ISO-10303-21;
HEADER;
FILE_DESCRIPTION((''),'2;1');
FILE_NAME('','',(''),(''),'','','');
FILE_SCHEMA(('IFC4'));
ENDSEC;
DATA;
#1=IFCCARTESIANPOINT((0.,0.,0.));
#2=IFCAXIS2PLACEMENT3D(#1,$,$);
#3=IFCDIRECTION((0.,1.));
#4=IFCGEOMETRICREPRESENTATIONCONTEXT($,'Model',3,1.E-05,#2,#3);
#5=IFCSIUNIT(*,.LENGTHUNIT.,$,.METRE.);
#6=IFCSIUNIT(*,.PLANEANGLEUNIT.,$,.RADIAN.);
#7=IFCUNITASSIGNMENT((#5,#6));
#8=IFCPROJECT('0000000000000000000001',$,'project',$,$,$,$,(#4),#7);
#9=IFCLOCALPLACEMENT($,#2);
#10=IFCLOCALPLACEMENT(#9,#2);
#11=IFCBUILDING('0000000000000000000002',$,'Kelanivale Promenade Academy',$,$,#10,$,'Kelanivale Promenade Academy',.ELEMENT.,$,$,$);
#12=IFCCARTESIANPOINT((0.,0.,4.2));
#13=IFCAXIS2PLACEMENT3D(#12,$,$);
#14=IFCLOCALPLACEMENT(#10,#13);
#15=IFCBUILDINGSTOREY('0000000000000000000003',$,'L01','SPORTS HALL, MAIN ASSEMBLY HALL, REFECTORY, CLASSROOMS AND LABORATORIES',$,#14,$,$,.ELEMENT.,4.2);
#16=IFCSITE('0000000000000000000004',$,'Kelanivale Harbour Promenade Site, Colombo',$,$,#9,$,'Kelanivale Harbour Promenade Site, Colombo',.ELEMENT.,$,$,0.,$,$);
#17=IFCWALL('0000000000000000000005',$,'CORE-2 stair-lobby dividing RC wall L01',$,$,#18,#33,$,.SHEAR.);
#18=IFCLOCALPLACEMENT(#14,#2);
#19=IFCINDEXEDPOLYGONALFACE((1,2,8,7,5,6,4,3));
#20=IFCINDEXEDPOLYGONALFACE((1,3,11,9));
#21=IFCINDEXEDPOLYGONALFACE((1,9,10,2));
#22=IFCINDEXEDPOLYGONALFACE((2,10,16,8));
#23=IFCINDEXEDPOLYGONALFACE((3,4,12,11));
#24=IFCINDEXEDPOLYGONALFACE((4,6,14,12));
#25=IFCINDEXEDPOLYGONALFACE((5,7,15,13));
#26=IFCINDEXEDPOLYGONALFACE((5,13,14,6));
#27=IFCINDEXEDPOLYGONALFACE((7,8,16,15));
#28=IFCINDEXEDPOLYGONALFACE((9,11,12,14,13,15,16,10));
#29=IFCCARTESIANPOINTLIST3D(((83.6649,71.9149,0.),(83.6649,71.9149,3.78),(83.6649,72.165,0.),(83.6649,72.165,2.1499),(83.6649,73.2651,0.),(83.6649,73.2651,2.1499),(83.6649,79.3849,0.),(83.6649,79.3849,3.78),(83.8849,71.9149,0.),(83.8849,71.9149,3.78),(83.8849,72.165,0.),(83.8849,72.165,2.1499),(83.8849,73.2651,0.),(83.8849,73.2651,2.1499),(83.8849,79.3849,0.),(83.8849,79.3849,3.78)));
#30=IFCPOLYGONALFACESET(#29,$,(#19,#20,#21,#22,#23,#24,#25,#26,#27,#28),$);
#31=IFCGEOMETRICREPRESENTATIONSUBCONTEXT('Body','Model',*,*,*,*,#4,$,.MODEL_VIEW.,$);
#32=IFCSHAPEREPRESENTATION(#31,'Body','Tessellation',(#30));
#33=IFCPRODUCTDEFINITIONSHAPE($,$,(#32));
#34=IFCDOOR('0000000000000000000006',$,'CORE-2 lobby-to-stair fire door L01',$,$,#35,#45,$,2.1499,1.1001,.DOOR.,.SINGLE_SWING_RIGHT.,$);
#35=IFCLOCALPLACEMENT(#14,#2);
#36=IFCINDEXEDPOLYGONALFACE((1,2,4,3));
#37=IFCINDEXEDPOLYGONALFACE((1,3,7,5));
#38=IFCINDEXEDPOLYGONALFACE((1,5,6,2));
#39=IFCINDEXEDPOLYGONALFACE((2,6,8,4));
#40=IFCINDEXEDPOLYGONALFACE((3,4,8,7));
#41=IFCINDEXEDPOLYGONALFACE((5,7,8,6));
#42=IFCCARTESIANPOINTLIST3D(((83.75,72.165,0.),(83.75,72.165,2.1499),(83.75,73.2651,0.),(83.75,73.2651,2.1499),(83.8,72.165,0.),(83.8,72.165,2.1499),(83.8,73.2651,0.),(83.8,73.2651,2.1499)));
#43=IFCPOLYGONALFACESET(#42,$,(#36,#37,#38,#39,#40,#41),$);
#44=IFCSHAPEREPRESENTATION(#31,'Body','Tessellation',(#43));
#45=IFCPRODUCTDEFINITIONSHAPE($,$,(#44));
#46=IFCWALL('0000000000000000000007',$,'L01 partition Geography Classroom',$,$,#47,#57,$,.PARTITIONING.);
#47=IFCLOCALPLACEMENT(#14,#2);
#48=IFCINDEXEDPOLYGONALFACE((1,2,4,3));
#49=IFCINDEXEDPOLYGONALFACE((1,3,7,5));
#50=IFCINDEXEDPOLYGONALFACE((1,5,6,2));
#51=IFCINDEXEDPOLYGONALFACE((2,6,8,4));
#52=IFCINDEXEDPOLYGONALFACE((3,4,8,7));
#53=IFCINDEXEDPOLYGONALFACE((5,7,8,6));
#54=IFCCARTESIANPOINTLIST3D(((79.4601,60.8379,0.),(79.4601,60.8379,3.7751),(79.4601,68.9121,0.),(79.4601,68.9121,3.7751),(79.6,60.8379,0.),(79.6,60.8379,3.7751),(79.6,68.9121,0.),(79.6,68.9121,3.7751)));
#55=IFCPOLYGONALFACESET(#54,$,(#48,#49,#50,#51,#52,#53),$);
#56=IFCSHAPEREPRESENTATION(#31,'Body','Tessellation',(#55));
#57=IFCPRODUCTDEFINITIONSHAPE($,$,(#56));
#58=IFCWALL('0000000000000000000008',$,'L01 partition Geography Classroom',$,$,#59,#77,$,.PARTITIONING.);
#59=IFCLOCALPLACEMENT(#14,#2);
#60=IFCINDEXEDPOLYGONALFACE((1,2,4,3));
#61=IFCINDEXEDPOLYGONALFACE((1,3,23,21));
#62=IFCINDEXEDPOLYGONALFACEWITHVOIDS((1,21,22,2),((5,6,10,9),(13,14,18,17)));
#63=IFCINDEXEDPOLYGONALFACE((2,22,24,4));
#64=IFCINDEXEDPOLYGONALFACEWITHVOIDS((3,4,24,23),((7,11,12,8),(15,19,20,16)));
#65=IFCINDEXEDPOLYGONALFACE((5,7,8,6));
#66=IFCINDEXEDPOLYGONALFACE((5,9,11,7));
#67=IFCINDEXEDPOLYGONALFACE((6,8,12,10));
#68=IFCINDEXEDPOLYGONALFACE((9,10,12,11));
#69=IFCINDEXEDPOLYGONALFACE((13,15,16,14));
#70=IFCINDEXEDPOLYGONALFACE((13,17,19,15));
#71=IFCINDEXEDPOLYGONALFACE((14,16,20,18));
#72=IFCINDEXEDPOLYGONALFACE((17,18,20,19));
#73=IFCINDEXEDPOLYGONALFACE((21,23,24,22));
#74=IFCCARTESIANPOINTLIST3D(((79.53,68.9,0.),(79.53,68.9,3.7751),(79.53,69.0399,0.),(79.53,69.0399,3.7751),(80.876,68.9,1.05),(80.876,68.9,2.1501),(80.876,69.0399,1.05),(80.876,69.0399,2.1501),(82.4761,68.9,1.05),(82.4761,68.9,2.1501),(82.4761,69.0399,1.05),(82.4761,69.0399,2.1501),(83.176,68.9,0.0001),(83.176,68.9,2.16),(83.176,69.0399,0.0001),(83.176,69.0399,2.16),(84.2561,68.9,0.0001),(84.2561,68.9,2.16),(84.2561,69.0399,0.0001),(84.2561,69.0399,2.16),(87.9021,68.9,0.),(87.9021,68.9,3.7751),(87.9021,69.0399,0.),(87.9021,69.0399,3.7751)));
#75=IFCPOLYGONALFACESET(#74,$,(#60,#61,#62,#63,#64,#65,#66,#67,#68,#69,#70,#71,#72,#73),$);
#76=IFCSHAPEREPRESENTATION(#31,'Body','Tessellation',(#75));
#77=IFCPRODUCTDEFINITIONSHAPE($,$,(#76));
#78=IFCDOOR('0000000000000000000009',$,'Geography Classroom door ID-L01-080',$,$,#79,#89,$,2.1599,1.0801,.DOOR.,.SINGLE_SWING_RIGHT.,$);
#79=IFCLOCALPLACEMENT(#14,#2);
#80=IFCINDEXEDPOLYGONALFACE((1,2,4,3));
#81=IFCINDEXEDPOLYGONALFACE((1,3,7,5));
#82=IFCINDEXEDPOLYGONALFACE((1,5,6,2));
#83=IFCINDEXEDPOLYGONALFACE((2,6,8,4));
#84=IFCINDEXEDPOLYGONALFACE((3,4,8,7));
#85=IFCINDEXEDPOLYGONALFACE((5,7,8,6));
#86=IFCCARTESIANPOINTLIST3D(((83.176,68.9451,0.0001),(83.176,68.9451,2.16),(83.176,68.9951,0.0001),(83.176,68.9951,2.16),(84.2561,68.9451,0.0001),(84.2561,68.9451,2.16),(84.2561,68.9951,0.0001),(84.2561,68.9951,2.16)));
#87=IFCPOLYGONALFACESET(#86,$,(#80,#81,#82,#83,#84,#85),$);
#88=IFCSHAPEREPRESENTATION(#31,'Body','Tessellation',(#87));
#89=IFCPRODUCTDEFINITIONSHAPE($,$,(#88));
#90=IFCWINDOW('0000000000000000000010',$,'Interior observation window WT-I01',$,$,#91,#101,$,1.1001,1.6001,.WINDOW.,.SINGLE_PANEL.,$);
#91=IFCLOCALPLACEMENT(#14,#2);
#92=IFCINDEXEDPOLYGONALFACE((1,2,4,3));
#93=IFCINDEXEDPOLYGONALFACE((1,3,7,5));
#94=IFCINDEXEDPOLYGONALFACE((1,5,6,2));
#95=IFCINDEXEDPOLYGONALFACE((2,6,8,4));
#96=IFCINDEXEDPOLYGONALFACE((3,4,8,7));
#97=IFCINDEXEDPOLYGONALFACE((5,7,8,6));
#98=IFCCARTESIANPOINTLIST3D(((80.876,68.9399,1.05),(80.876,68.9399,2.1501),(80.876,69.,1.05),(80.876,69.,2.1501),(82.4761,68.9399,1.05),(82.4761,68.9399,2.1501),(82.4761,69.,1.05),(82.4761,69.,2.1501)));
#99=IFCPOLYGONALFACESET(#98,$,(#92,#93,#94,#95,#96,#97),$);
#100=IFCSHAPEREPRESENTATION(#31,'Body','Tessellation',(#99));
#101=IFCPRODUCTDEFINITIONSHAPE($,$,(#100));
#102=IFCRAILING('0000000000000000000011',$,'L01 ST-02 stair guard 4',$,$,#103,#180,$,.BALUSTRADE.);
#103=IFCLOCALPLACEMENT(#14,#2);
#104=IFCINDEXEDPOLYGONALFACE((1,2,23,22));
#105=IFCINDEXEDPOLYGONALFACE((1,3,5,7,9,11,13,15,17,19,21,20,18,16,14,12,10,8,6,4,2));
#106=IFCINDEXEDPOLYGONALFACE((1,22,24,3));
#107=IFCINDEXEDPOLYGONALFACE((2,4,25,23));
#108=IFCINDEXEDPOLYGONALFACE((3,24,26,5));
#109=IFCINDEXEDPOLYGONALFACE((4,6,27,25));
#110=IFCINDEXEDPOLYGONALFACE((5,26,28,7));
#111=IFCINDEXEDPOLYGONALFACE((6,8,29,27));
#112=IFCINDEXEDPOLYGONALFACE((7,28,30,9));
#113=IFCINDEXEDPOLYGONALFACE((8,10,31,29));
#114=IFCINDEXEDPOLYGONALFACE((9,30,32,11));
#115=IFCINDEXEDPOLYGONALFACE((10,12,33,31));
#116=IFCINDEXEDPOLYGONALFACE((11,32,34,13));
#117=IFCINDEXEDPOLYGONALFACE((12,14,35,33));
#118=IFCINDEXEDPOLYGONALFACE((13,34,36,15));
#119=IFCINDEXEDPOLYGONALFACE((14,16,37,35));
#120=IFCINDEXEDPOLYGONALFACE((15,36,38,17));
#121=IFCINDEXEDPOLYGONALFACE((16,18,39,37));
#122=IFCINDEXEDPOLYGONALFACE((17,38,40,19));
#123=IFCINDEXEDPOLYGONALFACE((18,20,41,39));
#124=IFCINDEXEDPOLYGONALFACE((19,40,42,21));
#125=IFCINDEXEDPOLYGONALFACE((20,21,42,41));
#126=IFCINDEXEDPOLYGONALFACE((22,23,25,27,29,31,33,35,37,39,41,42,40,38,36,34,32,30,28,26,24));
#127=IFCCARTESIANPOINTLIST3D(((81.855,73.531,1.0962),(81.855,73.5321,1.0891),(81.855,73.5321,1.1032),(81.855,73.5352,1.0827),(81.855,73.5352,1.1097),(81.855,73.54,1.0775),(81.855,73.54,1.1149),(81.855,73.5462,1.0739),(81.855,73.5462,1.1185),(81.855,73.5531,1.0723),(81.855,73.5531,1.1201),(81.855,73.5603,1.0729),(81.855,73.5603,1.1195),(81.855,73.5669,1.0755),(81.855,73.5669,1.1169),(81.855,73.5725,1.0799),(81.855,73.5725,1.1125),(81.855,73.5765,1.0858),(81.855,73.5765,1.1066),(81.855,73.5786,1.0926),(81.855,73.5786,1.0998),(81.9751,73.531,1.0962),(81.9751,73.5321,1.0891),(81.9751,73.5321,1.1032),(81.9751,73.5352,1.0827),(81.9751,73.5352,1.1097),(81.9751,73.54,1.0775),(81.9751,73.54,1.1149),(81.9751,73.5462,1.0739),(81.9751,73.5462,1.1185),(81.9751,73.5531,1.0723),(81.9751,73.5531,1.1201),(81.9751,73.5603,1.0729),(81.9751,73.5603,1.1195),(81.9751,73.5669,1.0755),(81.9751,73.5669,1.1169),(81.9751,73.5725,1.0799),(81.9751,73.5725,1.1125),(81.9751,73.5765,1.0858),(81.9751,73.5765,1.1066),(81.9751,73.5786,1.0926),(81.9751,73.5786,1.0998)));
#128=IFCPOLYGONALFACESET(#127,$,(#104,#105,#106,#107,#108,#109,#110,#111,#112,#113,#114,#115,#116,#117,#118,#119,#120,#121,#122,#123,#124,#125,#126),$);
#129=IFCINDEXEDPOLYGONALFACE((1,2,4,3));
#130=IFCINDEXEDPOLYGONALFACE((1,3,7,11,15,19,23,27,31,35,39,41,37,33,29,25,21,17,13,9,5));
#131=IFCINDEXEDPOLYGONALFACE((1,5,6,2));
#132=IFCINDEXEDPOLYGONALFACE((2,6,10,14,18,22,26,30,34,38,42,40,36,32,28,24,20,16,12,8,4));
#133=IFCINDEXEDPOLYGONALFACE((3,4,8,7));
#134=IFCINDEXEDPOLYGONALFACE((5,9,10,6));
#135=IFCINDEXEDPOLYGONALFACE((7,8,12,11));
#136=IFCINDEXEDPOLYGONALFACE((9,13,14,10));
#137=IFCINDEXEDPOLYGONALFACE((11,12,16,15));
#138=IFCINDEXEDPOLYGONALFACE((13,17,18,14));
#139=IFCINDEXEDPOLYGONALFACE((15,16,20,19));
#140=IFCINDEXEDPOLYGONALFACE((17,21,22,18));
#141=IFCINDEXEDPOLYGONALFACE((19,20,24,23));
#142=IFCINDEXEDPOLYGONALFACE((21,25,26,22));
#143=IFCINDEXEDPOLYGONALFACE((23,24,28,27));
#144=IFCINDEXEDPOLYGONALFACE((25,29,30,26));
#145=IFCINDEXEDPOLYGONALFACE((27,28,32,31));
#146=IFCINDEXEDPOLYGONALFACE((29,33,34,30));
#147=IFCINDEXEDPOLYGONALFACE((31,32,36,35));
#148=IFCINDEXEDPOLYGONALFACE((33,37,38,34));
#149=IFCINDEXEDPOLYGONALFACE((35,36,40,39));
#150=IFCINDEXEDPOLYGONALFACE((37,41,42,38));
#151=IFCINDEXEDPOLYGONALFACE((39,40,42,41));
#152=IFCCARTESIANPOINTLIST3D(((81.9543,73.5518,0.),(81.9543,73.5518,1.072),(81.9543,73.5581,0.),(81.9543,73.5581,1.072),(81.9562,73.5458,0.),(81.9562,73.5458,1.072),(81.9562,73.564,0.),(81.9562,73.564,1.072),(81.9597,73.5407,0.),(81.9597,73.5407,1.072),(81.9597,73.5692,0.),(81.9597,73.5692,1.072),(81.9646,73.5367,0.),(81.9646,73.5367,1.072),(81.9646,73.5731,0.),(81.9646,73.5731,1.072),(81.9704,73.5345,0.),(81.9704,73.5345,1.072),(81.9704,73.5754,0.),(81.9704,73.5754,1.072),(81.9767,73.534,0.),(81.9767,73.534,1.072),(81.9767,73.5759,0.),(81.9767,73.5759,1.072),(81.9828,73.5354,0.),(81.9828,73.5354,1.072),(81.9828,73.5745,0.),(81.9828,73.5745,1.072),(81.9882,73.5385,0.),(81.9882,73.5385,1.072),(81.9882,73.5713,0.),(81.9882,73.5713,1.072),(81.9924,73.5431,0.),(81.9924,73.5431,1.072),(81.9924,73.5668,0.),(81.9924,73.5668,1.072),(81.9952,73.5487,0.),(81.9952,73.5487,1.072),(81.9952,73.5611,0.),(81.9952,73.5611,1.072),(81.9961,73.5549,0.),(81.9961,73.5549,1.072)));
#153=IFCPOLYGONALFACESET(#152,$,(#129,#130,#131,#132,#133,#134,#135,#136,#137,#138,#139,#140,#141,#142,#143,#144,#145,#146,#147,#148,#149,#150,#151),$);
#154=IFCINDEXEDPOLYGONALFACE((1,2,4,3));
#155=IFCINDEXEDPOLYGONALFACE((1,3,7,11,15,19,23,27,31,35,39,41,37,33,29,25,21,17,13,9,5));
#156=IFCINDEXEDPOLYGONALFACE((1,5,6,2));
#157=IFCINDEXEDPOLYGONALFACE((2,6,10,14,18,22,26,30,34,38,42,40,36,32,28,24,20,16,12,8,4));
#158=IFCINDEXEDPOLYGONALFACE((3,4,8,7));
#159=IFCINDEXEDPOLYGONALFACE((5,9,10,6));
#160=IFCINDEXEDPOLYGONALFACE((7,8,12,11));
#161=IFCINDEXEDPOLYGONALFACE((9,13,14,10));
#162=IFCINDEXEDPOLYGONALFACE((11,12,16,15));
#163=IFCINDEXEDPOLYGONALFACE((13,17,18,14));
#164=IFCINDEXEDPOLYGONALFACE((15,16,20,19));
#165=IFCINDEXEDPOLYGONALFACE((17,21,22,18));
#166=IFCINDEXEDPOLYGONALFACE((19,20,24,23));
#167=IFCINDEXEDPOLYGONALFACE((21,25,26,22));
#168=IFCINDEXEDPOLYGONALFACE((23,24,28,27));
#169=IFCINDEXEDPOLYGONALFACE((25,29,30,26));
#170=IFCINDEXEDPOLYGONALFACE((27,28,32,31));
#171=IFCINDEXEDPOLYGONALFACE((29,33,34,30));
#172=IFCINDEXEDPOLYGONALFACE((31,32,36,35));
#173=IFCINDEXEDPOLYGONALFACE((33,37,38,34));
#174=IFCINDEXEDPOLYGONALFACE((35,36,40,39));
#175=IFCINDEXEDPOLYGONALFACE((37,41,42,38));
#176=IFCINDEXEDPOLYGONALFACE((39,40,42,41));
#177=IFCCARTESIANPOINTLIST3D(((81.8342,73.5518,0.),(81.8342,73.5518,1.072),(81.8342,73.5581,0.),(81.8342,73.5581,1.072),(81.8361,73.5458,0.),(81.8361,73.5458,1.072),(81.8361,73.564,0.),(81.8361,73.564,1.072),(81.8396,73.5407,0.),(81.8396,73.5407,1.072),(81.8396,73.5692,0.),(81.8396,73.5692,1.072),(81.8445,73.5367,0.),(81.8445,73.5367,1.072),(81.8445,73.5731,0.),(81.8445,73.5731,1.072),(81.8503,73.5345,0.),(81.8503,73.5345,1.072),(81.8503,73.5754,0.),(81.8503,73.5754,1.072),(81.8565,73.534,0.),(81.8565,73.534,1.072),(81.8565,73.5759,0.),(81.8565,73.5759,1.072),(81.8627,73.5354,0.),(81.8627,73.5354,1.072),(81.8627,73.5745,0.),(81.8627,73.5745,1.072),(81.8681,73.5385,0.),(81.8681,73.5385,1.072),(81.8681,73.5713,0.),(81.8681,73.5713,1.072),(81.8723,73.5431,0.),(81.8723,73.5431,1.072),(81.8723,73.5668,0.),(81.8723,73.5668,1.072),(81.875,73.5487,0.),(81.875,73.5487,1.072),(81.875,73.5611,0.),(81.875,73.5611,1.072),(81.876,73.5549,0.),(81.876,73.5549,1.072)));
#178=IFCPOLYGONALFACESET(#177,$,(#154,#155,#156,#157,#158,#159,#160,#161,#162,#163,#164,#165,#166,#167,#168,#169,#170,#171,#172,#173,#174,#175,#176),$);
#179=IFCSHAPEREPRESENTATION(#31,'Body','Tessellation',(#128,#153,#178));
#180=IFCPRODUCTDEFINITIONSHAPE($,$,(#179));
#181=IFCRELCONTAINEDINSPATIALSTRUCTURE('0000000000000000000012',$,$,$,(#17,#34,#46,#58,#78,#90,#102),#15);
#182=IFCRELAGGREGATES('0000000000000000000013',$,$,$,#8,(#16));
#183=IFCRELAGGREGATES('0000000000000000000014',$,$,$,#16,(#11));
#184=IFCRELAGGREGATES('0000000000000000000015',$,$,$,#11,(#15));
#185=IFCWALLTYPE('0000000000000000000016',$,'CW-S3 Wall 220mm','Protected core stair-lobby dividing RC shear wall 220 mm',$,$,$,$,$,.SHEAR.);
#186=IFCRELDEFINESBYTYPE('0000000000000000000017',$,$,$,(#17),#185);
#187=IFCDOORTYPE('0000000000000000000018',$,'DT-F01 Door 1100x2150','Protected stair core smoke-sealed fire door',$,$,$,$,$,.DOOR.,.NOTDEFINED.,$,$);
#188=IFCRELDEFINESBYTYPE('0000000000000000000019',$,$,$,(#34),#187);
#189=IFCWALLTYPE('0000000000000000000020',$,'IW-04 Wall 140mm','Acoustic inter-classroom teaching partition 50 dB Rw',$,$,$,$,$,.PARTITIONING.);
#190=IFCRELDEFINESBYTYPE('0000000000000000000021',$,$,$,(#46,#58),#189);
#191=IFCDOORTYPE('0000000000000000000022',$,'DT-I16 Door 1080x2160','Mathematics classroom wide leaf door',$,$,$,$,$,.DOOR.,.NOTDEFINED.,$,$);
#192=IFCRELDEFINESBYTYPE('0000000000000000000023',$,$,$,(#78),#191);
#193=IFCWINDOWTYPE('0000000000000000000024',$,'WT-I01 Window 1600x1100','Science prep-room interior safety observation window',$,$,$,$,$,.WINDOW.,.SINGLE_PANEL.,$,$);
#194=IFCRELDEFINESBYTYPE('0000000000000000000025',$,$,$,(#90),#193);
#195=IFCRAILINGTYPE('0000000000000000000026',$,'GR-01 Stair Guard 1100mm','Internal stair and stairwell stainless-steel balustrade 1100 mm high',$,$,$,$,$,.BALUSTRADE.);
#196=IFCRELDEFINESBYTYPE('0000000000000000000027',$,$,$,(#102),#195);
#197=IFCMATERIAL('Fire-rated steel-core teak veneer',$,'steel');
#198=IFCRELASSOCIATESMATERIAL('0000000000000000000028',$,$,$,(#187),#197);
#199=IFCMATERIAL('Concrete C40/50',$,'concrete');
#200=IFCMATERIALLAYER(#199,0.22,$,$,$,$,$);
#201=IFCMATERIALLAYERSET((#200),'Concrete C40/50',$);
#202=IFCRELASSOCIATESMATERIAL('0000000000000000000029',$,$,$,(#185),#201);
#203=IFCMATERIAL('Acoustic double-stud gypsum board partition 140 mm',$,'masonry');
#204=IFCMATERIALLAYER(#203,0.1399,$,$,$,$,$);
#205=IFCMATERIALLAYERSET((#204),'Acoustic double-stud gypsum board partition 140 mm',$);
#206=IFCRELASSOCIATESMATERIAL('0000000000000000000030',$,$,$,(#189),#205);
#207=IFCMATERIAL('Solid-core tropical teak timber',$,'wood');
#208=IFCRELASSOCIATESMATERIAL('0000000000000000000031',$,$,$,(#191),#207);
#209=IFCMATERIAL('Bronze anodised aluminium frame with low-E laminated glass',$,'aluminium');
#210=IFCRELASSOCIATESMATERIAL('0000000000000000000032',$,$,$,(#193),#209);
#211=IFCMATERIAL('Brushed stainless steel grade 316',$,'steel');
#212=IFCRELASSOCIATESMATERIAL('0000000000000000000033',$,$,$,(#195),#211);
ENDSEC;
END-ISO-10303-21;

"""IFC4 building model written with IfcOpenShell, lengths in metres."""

from ifc_helpers import new_model, si_unit, direction, frame, frame_2d, origin, origin_2d, place, context, subcontext, project, spatial, rectangle, circle, extrude, material, layer, layer_set, type_object, element, fill, save


model = new_model("IFC4")

# Units and contexts
model_context = context("Model", 3, precision=1e-05, world=origin(), true_north=direction((0.0, 1.0)))
body_context = subcontext(model_context, "Body", "Model", "MODEL_VIEW")
ifc_project = project(units=[si_unit("LENGTHUNIT", "METRE"), si_unit("PLANEANGLEUNIT", "RADIAN")], contexts=[model_context])

# Site, building, storey
site_placement = place(None, origin())
site = spatial("IfcSite", under=ifc_project, at=site_placement, Name="Kelanivale Harbour Promenade Site, Colombo", LongName="Kelanivale Harbour Promenade Site, Colombo", CompositionType="ELEMENT", RefElevation=0.0)
building_placement = place(site_placement, origin())
building = spatial("IfcBuilding", under=site, at=building_placement, Name="Kelanivale Promenade Academy", LongName="Kelanivale Promenade Academy", CompositionType="ELEMENT")
storey_placement = place(building_placement, frame((0.0, 0.0, 4.2)))
storey = spatial("IfcBuildingStorey", under=building, at=storey_placement, Name="L01", Description="SPORTS HALL, MAIN ASSEMBLY HALL, REFECTORY, CLASSROOMS AND LABORATORIES", CompositionType="ELEMENT", Elevation=4.2)

# Shared definitions
ifc_material_1 = material(Name="Concrete C40/50", Category="concrete")

# Shared definitions
ifc_material_2 = material(Name="Fire-rated steel-core teak veneer", Category="steel")
door_type_1 = type_object("IfcDoorType", Name="DT-F01 Door 1100x2150", Description="Protected stair core smoke-sealed fire door", OperationType="NOTDEFINED", PredefinedType="DOOR", material=ifc_material_2)

# Wall, opening, door
ifc_layer_1 = layer(ifc_material_1, 0.22)
ifc_layer_set_1 = layer_set([ifc_layer_1], Name="Concrete C40/50")
wall_type_1 = type_object("IfcWallType", Name="CW-S3 Wall 220mm", Description="Protected core stair-lobby dividing RC shear wall 220 mm", PredefinedType="SHEAR", material=ifc_layer_set_1)
wall_1_placement = place(storey_placement, frame((83.7749, 71.915, 0.0), z_axis=(0.0, 0.0, 1.0), x_axis=(0.0, 1.0, 0.0)))
wall_1 = element("IfcWall", 1, at=wall_1_placement, inside=storey, type_object=wall_type_1, Name="CORE-2 stair-lobby dividing RC wall L01", PredefinedType="SHEAR", context=body_context, shape_type="SweptSolid", body=[
    extrude(rectangle(XDim=7.47, YDim=0.22, at=frame_2d((3.7349, 0.0))), origin(), (0.0, 0.0, 1.0), 3.78),
])
opening_1_placement = place(wall_1_placement, frame((0.25, 0.0, 0.0)))
opening_1 = element("IfcOpeningElement", 2, at=opening_1_placement, cuts=wall_1, PredefinedType="OPENING", context=body_context, shape_type="SweptSolid", body=[
    extrude(rectangle(XDim=1.1001, YDim=2.1499, at=frame_2d((0.55, 1.075))), frame((0.0, 0.1201, 0.0), z_axis=(0.0, -1.0, 0.0), x_axis=(1.0, 0.0, 0.0)), (0.0, 0.0, 1.0), 0.24),
])
door_1_placement = place(opening_1_placement, origin())
door_1 = element("IfcDoor", 3, at=door_1_placement, inside=storey, type_object=door_type_1, Name="CORE-2 lobby-to-stair fire door L01", OperationType="SINGLE_SWING_RIGHT", OverallHeight=2.1499, OverallWidth=1.1001, PredefinedType="DOOR", context=body_context, shape_type="SweptSolid", body=[
    extrude(rectangle(XDim=1.1001, YDim=2.1499, at=frame_2d((0.55, 1.075))), frame((0.0, 0.0249, 0.0), z_axis=(0.0, -1.0, 0.0), x_axis=(1.0, 0.0, 0.0)), (0.0, 0.0, 1.0), 0.05),
])
fill(opening_1, door_1)

# Wall
ifc_material_3 = material(Name="Acoustic double-stud gypsum board partition 140 mm", Category="masonry")
ifc_layer_2 = layer(ifc_material_3, 0.1399)
ifc_layer_set_2 = layer_set([ifc_layer_2], Name="Acoustic double-stud gypsum board partition 140 mm")
wall_type_2 = type_object("IfcWallType", Name="IW-04 Wall 140mm", Description="Acoustic inter-classroom teaching partition 50 dB Rw", PredefinedType="PARTITIONING", material=ifc_layer_set_2)
wall_2_placement = place(storey_placement, frame((79.53, 68.9121, 0.0), z_axis=(0.0, 0.0, 1.0), x_axis=(0.0, -1.0, 0.0)))
element("IfcWall", 4, at=wall_2_placement, inside=storey, type_object=wall_type_2, Name="L01 partition Geography Classroom", PredefinedType="PARTITIONING", context=body_context, shape_type="SweptSolid", body=[
    extrude(rectangle(XDim=8.0742, YDim=0.1399, at=frame_2d((4.0371, 0.0))), origin(), (0.0, 0.0, 1.0), 3.7751),
])

# Wall, openings, door, window
wall_3_placement = place(storey_placement, frame((87.9021, 68.97, 0.0), z_axis=(0.0, 0.0, 1.0), x_axis=(-1.0, 0.0, 0.0)))
wall_3 = element("IfcWall", 5, at=wall_3_placement, inside=storey, type_object=wall_type_2, Name="L01 partition Geography Classroom", PredefinedType="PARTITIONING", context=body_context, shape_type="SweptSolid", body=[
    extrude(rectangle(XDim=8.3721, YDim=0.1399, at=frame_2d((4.186, 0.0))), origin(), (0.0, 0.0, 1.0), 3.7751),
])
opening_2_placement = place(wall_3_placement, frame((3.646, 0.0, 0.0)))
opening_2 = element("IfcOpeningElement", 6, at=opening_2_placement, cuts=wall_3, PredefinedType="OPENING", context=body_context, shape_type="SweptSolid", body=[
    extrude(rectangle(XDim=1.0801, YDim=2.1599, at=frame_2d((0.54, 1.0801))), frame((0.0, 0.0801, 0.0), z_axis=(0.0, -1.0, 0.0), x_axis=(1.0, 0.0, 0.0)), (0.0, 0.0, 1.0), 0.1599),
])
opening_3_placement = place(wall_3_placement, frame((5.426, 0.0, 1.05)))
opening_3 = element("IfcOpeningElement", 7, at=opening_3_placement, cuts=wall_3, PredefinedType="OPENING", context=body_context, shape_type="SweptSolid", body=[
    extrude(rectangle(XDim=1.6001, YDim=1.1001, at=frame_2d((0.8, 0.55))), frame((0.0, 0.0801, 0.0), z_axis=(0.0, -1.0, 0.0), x_axis=(1.0, 0.0, 0.0)), (0.0, 0.0, 1.0), 0.1599),
])
ifc_material_4 = material(Name="Solid-core tropical teak timber", Category="wood")
door_type_2 = type_object("IfcDoorType", Name="DT-I16 Door 1080x2160", Description="Mathematics classroom wide leaf door", OperationType="NOTDEFINED", PredefinedType="DOOR", material=ifc_material_4)
door_2_placement = place(opening_2_placement, origin())
door_2 = element("IfcDoor", 8, at=door_2_placement, inside=storey, type_object=door_type_2, Name="Geography Classroom door ID-L01-080", OperationType="SINGLE_SWING_RIGHT", OverallHeight=2.1599, OverallWidth=1.0801, PredefinedType="DOOR", context=body_context, shape_type="SweptSolid", body=[
    extrude(rectangle(XDim=1.0801, YDim=2.1599, at=frame_2d((0.54, 1.0801))), frame((0.0, 0.0249, 0.0), z_axis=(0.0, -1.0, 0.0), x_axis=(1.0, 0.0, 0.0)), (0.0, 0.0, 1.0), 0.05),
])
fill(opening_2, door_2)
ifc_material_5 = material(Name="Bronze anodised aluminium frame with low-E laminated glass", Category="aluminium")
window_type = type_object("IfcWindowType", Name="WT-I01 Window 1600x1100", Description="Science prep-room interior safety observation window", PartitioningType="SINGLE_PANEL", PredefinedType="WINDOW", material=ifc_material_5)
window_placement = place(opening_3_placement, origin())
window = element("IfcWindow", 9, at=window_placement, inside=storey, type_object=window_type, Name="Interior observation window WT-I01", OverallHeight=1.1001, OverallWidth=1.6001, PartitioningType="SINGLE_PANEL", PredefinedType="WINDOW", context=body_context, shape_type="SweptSolid", body=[
    extrude(rectangle(XDim=1.6001, YDim=1.1001, at=frame_2d((0.8, 0.55))), frame((0.0, 0.03, 0.0), z_axis=(0.0, -1.0, 0.0), x_axis=(1.0, 0.0, 0.0)), (0.0, 0.0, 1.0), 0.0601),
])
fill(opening_3, window)

# Railing
ifc_material_6 = material(Name="Brushed stainless steel grade 316", Category="steel")
railing_type = type_object("IfcRailingType", Name="GR-01 Stair Guard 1100mm", Description="Internal stair and stairwell stainless-steel balustrade 1100 mm high", PredefinedType="BALUSTRADE", material=ifc_material_6)
railing_placement = place(storey_placement, frame((81.9751, 73.5549, 0.0)))
element("IfcRailing", 10, at=railing_placement, inside=storey, type_object=railing_type, Name="L01 ST-02 stair guard 4", PredefinedType="BALUSTRADE", context=body_context, shape_type="SweptSolid", body=[
    extrude(circle(Radius=0.0239, at=origin_2d()), frame((0.0, 0.0, 1.0962), z_axis=(-1.0, 0.0, 0.0), x_axis=(0.0, -1.0, 0.0)), (0.0, 0.0, 1.0), 0.1201),
    extrude(circle(Radius=0.021, at=origin_2d()), origin(), (0.0, 0.0, 1.0), 1.072),
    extrude(circle(Radius=0.021, at=origin_2d()), frame((-0.1201, 0.0, 0.0)), (0.0, 0.0, 1.0), 1.072),
])

save(model, "model.ifc")
